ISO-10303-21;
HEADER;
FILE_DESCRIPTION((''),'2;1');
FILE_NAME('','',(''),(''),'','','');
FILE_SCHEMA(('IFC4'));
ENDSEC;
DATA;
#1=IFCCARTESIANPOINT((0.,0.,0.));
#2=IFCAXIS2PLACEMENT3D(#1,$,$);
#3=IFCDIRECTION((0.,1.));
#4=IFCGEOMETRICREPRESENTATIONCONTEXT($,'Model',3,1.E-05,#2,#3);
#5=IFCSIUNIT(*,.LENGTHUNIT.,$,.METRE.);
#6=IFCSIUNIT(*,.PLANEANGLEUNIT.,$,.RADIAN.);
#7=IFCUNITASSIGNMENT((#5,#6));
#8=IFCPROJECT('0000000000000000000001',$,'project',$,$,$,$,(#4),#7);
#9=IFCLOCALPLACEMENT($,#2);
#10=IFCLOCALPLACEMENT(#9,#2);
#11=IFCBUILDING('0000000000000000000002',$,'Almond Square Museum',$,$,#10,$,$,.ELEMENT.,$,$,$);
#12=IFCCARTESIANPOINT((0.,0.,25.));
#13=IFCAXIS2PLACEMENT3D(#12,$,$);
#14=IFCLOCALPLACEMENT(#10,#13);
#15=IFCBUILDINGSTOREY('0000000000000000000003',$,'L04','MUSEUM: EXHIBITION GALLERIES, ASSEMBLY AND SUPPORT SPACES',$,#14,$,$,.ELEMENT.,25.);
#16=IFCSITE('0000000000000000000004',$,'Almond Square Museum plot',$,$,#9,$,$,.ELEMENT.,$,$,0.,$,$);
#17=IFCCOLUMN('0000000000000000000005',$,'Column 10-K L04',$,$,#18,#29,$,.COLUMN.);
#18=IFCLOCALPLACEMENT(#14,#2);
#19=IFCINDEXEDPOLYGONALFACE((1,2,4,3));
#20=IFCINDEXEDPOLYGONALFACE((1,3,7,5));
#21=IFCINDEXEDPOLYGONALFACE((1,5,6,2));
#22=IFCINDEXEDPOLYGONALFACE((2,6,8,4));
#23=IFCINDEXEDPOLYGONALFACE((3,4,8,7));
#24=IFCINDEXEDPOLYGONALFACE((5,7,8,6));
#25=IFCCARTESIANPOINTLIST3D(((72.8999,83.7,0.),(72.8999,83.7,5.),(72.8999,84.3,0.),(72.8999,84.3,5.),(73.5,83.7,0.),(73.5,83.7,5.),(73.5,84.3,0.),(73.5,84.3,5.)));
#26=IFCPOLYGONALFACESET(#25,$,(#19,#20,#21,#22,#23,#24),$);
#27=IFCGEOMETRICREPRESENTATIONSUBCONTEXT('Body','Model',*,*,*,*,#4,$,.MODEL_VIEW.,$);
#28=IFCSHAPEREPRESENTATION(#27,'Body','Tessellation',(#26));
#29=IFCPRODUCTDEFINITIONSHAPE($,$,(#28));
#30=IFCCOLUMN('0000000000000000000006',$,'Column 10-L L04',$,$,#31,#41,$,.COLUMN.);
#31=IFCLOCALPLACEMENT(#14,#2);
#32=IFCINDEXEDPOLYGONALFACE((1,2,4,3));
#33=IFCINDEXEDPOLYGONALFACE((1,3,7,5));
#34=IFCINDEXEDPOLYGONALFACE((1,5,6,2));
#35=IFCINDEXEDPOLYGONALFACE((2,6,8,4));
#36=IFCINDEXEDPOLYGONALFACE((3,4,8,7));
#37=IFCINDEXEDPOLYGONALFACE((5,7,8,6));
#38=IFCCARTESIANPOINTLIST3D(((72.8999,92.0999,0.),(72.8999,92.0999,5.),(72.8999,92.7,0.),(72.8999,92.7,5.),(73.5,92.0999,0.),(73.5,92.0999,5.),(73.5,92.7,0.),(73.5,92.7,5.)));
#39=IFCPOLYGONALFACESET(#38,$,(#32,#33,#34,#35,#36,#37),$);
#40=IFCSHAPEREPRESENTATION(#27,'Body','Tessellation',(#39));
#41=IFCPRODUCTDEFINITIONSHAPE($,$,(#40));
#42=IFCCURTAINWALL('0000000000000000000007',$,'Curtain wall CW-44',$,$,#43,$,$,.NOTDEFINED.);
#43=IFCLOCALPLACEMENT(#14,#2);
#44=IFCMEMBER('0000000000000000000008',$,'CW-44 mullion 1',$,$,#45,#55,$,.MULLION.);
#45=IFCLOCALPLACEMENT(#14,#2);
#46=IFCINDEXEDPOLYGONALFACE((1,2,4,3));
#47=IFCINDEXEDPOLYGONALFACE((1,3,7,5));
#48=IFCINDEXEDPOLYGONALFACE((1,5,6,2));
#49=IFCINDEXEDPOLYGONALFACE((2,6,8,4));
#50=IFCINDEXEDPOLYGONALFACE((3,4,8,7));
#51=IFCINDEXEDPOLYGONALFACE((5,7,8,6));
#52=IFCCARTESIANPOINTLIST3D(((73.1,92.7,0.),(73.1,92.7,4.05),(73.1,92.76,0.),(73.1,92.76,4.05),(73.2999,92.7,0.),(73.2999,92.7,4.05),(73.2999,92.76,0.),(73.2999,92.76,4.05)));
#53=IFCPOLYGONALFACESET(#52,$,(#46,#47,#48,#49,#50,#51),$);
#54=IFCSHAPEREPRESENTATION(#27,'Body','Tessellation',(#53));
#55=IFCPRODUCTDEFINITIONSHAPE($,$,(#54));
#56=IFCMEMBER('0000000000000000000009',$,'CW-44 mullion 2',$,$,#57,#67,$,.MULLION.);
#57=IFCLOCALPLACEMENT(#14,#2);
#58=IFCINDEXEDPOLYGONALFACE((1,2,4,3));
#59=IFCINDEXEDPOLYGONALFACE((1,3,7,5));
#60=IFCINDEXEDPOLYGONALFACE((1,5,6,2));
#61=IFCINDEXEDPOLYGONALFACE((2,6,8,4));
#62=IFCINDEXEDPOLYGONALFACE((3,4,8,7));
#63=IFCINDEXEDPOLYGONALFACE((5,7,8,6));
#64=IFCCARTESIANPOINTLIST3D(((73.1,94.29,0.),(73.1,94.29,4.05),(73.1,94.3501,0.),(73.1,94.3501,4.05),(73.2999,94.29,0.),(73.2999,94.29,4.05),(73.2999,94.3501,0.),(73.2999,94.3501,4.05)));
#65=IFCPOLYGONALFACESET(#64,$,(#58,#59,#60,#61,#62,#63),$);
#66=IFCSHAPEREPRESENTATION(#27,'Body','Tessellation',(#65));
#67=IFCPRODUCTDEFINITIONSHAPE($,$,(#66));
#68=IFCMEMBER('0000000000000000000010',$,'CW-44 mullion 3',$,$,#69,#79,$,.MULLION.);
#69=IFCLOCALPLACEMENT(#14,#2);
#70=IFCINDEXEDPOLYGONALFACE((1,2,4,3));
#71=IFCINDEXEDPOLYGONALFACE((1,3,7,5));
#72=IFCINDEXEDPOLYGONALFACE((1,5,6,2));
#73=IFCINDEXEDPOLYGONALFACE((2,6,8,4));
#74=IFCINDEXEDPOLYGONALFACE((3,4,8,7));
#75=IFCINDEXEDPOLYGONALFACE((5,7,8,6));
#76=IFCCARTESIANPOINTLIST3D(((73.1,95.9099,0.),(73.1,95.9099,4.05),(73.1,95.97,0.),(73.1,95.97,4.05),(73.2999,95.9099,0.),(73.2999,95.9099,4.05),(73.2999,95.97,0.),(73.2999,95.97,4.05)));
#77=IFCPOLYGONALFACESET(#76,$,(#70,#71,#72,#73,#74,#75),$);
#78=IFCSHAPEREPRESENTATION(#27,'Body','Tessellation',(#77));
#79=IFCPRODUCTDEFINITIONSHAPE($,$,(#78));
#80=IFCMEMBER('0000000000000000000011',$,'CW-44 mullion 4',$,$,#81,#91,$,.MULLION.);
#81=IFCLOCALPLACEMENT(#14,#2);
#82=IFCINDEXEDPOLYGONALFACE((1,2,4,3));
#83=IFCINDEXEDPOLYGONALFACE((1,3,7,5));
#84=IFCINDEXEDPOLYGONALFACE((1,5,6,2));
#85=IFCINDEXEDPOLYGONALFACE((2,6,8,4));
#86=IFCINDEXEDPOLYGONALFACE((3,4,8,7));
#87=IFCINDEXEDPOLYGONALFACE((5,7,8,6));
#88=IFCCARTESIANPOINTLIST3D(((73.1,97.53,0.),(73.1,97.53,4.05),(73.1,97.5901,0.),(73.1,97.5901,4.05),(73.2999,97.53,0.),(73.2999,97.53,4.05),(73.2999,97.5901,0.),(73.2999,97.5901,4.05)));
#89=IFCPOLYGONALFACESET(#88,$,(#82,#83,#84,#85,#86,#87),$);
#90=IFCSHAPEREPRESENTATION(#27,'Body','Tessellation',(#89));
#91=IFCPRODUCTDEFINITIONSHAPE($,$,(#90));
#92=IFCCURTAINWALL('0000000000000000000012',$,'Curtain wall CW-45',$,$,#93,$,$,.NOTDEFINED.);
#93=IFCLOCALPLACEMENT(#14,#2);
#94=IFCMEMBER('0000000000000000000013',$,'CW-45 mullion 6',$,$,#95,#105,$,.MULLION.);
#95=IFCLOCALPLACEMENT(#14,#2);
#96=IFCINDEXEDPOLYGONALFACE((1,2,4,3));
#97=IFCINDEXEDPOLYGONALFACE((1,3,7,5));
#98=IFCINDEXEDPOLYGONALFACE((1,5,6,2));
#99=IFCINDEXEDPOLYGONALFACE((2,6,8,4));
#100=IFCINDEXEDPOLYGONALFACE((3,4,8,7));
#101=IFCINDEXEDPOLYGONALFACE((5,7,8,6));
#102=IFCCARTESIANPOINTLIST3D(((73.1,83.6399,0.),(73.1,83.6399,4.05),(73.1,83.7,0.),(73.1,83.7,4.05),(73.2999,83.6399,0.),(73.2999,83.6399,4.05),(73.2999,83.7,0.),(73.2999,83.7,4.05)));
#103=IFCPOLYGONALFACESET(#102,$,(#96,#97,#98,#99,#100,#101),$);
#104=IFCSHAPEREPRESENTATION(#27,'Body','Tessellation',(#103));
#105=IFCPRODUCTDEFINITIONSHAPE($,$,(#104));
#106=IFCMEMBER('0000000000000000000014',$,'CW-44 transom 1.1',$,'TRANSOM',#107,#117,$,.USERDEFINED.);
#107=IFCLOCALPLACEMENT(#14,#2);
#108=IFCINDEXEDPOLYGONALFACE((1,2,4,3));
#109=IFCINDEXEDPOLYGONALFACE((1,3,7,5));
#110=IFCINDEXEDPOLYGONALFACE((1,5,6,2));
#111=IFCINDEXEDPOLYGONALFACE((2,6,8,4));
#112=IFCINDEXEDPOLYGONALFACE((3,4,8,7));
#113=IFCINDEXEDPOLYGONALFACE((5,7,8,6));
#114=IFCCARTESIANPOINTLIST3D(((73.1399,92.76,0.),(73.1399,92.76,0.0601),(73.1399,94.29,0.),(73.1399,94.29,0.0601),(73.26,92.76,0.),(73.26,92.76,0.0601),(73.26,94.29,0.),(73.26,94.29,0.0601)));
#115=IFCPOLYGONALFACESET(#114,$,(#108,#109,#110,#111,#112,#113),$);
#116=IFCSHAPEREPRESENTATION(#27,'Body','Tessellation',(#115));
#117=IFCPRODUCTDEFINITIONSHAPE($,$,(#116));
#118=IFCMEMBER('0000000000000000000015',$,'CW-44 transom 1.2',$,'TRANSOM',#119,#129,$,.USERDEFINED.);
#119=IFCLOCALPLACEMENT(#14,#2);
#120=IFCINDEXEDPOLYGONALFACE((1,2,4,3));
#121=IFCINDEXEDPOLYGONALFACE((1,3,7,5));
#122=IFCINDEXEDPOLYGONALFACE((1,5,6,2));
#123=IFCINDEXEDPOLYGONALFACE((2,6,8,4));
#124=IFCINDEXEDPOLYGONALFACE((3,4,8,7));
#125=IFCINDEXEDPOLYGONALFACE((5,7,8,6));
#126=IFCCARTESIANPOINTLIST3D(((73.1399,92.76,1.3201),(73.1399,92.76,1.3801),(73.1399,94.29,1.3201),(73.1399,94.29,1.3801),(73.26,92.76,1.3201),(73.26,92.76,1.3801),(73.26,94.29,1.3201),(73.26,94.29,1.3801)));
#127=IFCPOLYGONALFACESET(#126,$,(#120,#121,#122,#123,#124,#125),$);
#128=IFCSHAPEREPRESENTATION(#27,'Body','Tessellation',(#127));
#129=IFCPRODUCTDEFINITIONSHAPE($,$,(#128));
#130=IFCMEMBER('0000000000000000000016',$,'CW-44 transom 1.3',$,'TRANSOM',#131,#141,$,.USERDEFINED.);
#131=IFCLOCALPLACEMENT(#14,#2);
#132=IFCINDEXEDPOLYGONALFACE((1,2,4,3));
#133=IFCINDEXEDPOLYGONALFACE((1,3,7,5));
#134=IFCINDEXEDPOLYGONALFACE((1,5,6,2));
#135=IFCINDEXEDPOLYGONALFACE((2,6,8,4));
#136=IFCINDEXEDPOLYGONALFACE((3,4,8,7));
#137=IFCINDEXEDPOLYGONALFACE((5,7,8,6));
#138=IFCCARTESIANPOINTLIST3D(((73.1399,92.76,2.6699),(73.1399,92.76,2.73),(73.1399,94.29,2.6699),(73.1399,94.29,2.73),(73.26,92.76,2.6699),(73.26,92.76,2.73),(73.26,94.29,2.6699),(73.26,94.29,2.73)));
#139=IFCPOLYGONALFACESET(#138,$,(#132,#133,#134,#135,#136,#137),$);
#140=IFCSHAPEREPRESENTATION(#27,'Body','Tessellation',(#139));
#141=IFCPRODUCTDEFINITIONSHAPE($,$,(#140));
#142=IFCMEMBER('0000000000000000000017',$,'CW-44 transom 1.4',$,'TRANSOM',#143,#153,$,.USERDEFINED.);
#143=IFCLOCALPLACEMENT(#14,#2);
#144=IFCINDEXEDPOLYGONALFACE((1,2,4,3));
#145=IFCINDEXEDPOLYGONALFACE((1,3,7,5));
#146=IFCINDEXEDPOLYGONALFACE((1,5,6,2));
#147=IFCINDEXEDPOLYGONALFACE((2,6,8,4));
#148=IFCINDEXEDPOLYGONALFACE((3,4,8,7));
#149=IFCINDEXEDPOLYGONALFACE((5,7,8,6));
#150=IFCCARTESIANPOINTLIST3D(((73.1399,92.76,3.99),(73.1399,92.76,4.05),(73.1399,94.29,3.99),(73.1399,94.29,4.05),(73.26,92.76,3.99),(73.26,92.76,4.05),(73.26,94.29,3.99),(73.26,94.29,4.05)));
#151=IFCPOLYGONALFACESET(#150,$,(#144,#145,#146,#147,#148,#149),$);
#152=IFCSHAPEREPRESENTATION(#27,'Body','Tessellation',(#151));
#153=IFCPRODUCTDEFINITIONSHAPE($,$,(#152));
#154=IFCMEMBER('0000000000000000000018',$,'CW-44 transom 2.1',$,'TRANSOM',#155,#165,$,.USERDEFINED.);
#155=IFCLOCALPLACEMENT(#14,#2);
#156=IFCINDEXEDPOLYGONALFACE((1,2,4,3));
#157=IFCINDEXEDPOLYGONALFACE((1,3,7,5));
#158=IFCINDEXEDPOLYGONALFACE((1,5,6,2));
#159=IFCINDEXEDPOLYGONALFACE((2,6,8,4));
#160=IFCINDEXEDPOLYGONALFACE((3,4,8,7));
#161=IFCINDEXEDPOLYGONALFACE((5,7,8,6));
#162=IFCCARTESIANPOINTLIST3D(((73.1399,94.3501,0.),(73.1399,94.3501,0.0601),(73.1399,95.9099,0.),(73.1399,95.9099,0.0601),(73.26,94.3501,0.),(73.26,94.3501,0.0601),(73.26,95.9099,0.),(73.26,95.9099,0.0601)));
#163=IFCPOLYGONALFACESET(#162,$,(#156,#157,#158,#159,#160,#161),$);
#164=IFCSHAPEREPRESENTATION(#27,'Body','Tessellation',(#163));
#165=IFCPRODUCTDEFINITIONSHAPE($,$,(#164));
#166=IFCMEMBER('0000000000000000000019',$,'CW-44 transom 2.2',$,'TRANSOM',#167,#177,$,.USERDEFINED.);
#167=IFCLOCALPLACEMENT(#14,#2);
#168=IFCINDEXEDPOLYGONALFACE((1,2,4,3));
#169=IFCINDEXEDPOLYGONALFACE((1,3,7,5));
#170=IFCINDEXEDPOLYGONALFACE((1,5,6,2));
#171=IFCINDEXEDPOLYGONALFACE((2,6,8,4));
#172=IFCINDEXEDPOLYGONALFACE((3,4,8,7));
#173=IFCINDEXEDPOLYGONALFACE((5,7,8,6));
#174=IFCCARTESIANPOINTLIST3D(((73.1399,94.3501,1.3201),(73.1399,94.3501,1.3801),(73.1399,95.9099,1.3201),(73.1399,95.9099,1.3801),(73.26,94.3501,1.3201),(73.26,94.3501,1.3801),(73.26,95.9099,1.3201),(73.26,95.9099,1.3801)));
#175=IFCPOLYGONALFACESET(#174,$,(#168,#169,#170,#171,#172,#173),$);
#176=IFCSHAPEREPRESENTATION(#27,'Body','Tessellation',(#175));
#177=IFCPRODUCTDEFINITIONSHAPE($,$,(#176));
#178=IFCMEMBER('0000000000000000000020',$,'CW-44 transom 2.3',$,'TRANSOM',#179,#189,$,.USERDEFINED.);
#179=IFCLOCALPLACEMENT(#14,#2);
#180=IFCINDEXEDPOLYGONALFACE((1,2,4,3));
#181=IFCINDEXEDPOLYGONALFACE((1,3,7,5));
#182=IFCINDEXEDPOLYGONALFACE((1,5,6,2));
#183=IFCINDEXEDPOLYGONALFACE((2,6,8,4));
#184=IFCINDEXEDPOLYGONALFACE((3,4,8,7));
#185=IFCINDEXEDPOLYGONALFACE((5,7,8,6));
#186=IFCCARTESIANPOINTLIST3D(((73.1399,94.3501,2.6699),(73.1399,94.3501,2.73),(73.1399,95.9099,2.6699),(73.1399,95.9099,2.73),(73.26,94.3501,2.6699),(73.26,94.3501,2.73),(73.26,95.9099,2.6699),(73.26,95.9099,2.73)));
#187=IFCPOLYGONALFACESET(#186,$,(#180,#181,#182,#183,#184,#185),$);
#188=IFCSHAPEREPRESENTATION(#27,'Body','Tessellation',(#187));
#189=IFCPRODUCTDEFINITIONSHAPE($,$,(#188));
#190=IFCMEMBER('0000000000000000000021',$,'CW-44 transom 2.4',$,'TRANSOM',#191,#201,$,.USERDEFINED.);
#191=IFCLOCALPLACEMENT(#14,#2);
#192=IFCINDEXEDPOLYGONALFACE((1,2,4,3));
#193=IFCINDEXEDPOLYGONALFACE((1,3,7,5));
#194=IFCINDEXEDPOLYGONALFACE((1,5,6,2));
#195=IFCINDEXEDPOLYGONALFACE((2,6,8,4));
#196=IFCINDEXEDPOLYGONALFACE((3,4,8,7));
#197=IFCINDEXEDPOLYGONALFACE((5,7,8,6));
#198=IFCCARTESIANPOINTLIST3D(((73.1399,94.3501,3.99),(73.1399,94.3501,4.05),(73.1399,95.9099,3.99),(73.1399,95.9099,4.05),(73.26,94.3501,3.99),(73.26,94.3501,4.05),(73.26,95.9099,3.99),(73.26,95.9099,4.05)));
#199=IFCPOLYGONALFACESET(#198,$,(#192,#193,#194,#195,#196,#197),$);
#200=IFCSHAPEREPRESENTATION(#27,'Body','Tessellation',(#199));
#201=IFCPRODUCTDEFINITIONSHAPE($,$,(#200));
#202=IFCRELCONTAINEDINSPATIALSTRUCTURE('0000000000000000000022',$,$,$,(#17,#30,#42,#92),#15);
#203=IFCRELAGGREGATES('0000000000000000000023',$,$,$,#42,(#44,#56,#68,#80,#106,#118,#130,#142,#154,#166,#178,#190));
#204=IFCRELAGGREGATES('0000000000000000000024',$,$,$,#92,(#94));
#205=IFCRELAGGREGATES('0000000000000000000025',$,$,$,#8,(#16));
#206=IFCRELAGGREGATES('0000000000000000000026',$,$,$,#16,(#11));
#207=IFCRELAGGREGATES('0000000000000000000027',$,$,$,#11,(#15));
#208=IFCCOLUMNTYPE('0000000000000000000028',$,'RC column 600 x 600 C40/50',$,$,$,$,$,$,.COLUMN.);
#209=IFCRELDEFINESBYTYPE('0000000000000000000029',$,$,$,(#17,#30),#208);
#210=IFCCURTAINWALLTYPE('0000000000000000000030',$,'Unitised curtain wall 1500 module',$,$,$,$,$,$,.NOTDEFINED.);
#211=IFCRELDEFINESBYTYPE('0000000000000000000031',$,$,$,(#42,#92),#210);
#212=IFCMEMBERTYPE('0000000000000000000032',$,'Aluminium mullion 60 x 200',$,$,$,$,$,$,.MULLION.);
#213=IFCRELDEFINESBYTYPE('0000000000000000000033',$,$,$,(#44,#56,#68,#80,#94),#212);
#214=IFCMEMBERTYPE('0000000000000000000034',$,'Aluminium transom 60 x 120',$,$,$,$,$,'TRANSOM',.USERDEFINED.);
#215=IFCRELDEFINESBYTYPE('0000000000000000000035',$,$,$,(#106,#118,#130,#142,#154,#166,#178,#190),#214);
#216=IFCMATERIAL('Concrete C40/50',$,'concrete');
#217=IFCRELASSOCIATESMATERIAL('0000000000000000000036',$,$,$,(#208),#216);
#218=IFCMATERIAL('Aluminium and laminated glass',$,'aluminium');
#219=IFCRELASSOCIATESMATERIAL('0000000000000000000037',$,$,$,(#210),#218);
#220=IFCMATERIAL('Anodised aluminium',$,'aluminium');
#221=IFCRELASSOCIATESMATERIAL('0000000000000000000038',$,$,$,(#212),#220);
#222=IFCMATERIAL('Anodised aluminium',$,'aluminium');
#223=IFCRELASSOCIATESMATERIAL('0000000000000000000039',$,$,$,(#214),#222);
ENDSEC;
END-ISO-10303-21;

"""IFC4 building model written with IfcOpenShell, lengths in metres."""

from ifc_helpers import new_model, si_unit, direction, frame, origin, origin_2d, place, context, subcontext, project, spatial, rectangle, extrude, material, material_profile, profile_set, type_object, element, aggregate, save


model = new_model("IFC4")

# Units and contexts
model_context = context("Model", 3, precision=1e-05, world=origin(), true_north=direction((0.0, 1.0)))
body_context = subcontext(model_context, "Body", "Model", "MODEL_VIEW")
ifc_project = project(units=[si_unit("LENGTHUNIT", "METRE"), si_unit("PLANEANGLEUNIT", "RADIAN")], contexts=[model_context])

# Site, building, storey
site_placement = place(None, origin())
site = spatial("IfcSite", under=ifc_project, at=site_placement, Name="Almond Square Museum plot", CompositionType="ELEMENT", RefElevation=0.0)
building_placement = place(site_placement, origin())
building = spatial("IfcBuilding", under=site, at=building_placement, Name="Almond Square Museum", CompositionType="ELEMENT")
storey_placement = place(building_placement, frame((0.0, 0.0, 25.0)))
storey = spatial("IfcBuildingStorey", under=building, at=storey_placement, Name="L04", Description="MUSEUM: EXHIBITION GALLERIES, ASSEMBLY AND SUPPORT SPACES", CompositionType="ELEMENT", Elevation=25.0)

# Columns
ifc_material_1 = material(Name="Concrete C40/50", Category="concrete")
ifc_material_profile_1 = material_profile(ifc_material_1, rectangle(XDim=0.6001, YDim=0.6001, at=origin_2d()))
ifc_profile_set_1 = profile_set([ifc_material_profile_1], Name="Concrete C40/50")
column_type = type_object("IfcColumnType", Name="RC column 600 x 600 C40/50", PredefinedType="COLUMN", material=ifc_profile_set_1)
for number, where, z_axis, x_axis, name in (
    (1, (73.2, 84.0, 0.0), (0.0, 0.0, 1.0), (1.0, 0.0, 0.0), "Column 10-K L04"),
    (2, (73.2, 92.3999, 0.0), (0.0, 0.0, 1.0), (1.0, 0.0, 0.0), "Column 10-L L04"),
):
    element("IfcColumn", number, at=place(storey_placement, frame(where, z_axis=z_axis, x_axis=x_axis)), inside=storey, type_object=column_type, Name=name, PredefinedType="COLUMN", context=body_context, shape_type="SweptSolid", body=[
        extrude(rectangle(XDim=0.6001, YDim=0.6001, at=origin_2d()), origin(), (0.0, 0.0, 1.0), 5.0),
    ])

# Curtain wall, members
ifc_material_2 = material(Name="Aluminium and laminated glass", Category="aluminium")
curtain_wall_type = type_object("IfcCurtainWallType", Name="Unitised curtain wall 1500 module", PredefinedType="NOTDEFINED", material=ifc_material_2)
curtain_wall_1_placement = place(storey_placement, origin())
curtain_wall_1 = element("IfcCurtainWall", 3, at=curtain_wall_1_placement, inside=storey, type_object=curtain_wall_type, Name="Curtain wall CW-44", PredefinedType="NOTDEFINED")
ifc_material_3 = material(Name="Anodised aluminium", Category="aluminium")
ifc_material_profile_2 = material_profile(ifc_material_3, rectangle(XDim=0.2, YDim=0.0601, at=origin_2d()))
ifc_profile_set_2 = profile_set([ifc_material_profile_2], Name="Anodised aluminium")
member_type_1 = type_object("IfcMemberType", Name="Aluminium mullion 60 x 200", PredefinedType="MULLION", material=ifc_profile_set_2)
member_1_placement = place(storey_placement, frame((73.2, 92.73, 0.0), z_axis=(0.0, 0.0, 1.0), x_axis=(-1.0, 0.0, 0.0)))
member_1 = element("IfcMember", 4, at=member_1_placement, type_object=member_type_1, Name="CW-44 mullion 1", PredefinedType="MULLION", context=body_context, shape_type="SweptSolid", body=[
    extrude(rectangle(XDim=0.2, YDim=0.0601, at=origin_2d()), origin(), (0.0, 0.0, 1.0), 4.05),
])
member_2_placement = place(storey_placement, frame((73.2, 94.3201, 0.0), z_axis=(0.0, 0.0, 1.0), x_axis=(-1.0, 0.0, 0.0)))
member_2 = element("IfcMember", 5, at=member_2_placement, type_object=member_type_1, Name="CW-44 mullion 2", PredefinedType="MULLION", context=body_context, shape_type="SweptSolid", body=[
    extrude(rectangle(XDim=0.2, YDim=0.0601, at=origin_2d()), origin(), (0.0, 0.0, 1.0), 4.05),
])
member_3_placement = place(storey_placement, frame((73.2, 95.9399, 0.0), z_axis=(0.0, 0.0, 1.0), x_axis=(-1.0, 0.0, 0.0)))
member_3 = element("IfcMember", 6, at=member_3_placement, type_object=member_type_1, Name="CW-44 mullion 3", PredefinedType="MULLION", context=body_context, shape_type="SweptSolid", body=[
    extrude(rectangle(XDim=0.2, YDim=0.0601, at=origin_2d()), origin(), (0.0, 0.0, 1.0), 4.05),
])
member_4_placement = place(storey_placement, frame((73.2, 97.5601, 0.0), z_axis=(0.0, 0.0, 1.0), x_axis=(-1.0, 0.0, 0.0)))
member_4 = element("IfcMember", 7, at=member_4_placement, type_object=member_type_1, Name="CW-44 mullion 4", PredefinedType="MULLION", context=body_context, shape_type="SweptSolid", body=[
    extrude(rectangle(XDim=0.2, YDim=0.0601, at=origin_2d()), origin(), (0.0, 0.0, 1.0), 4.05),
])

# Curtain wall, member
curtain_wall_2_placement = place(storey_placement, origin())
curtain_wall_2 = element("IfcCurtainWall", 8, at=curtain_wall_2_placement, inside=storey, type_object=curtain_wall_type, Name="Curtain wall CW-45", PredefinedType="NOTDEFINED")
member_5_placement = place(storey_placement, frame((73.2, 83.6699, 0.0), z_axis=(0.0, 0.0, 1.0), x_axis=(-1.0, 0.0, 0.0)))
member_5 = element("IfcMember", 9, at=member_5_placement, type_object=member_type_1, Name="CW-45 mullion 6", PredefinedType="MULLION", context=body_context, shape_type="SweptSolid", body=[
    extrude(rectangle(XDim=0.2, YDim=0.0601, at=origin_2d()), origin(), (0.0, 0.0, 1.0), 4.05),
])

# Members
ifc_material_4 = material(Name="Anodised aluminium", Category="aluminium")
ifc_material_profile_3 = material_profile(ifc_material_4, rectangle(XDim=0.1201, YDim=0.0601, at=origin_2d()))
ifc_profile_set_3 = profile_set([ifc_material_profile_3], Name="Anodised aluminium")
member_type_2 = type_object("IfcMemberType", Name="Aluminium transom 60 x 120", ElementType="TRANSOM", PredefinedType="USERDEFINED", material=ifc_profile_set_3)
member_6_placement = place(storey_placement, frame((73.2, 92.76, 0.03), z_axis=(0.0, 1.0, 0.0), x_axis=(-1.0, 0.0, 0.0)))
member_6 = element("IfcMember", 10, at=member_6_placement, type_object=member_type_2, Name="CW-44 transom 1.1", ObjectType="TRANSOM", PredefinedType="USERDEFINED", context=body_context, shape_type="SweptSolid", body=[
    extrude(rectangle(XDim=0.1201, YDim=0.0601, at=origin_2d()), origin(), (0.0, 0.0, 1.0), 1.53),
])
member_7_placement = place(storey_placement, frame((73.2, 92.76, 1.3501), z_axis=(0.0, 1.0, 0.0), x_axis=(-1.0, 0.0, 0.0)))
member_7 = element("IfcMember", 11, at=member_7_placement, type_object=member_type_2, Name="CW-44 transom 1.2", ObjectType="TRANSOM", PredefinedType="USERDEFINED", context=body_context, shape_type="SweptSolid", body=[
    extrude(rectangle(XDim=0.1201, YDim=0.0601, at=origin_2d()), origin(), (0.0, 0.0, 1.0), 1.53),
])
member_8_placement = place(storey_placement, frame((73.2, 92.76, 2.7), z_axis=(0.0, 1.0, 0.0), x_axis=(-1.0, 0.0, 0.0)))
member_8 = element("IfcMember", 12, at=member_8_placement, type_object=member_type_2, Name="CW-44 transom 1.3", ObjectType="TRANSOM", PredefinedType="USERDEFINED", context=body_context, shape_type="SweptSolid", body=[
    extrude(rectangle(XDim=0.1201, YDim=0.0601, at=origin_2d()), origin(), (0.0, 0.0, 1.0), 1.53),
])
member_9_placement = place(storey_placement, frame((73.2, 92.76, 4.02), z_axis=(0.0, 1.0, 0.0), x_axis=(-1.0, 0.0, 0.0)))
member_9 = element("IfcMember", 13, at=member_9_placement, type_object=member_type_2, Name="CW-44 transom 1.4", ObjectType="TRANSOM", PredefinedType="USERDEFINED", context=body_context, shape_type="SweptSolid", body=[
    extrude(rectangle(XDim=0.1201, YDim=0.0601, at=origin_2d()), origin(), (0.0, 0.0, 1.0), 1.53),
])
member_10_placement = place(storey_placement, frame((73.2, 94.3501, 0.03), z_axis=(0.0, 1.0, 0.0), x_axis=(-1.0, 0.0, 0.0)))
member_10 = element("IfcMember", 14, at=member_10_placement, type_object=member_type_2, Name="CW-44 transom 2.1", ObjectType="TRANSOM", PredefinedType="USERDEFINED", context=body_context, shape_type="SweptSolid", body=[
    extrude(rectangle(XDim=0.1201, YDim=0.0601, at=origin_2d()), origin(), (0.0, 0.0, 1.0), 1.5598),
])
member_11_placement = place(storey_placement, frame((73.2, 94.3501, 1.3501), z_axis=(0.0, 1.0, 0.0), x_axis=(-1.0, 0.0, 0.0)))
member_11 = element("IfcMember", 15, at=member_11_placement, type_object=member_type_2, Name="CW-44 transom 2.2", ObjectType="TRANSOM", PredefinedType="USERDEFINED", context=body_context, shape_type="SweptSolid", body=[
    extrude(rectangle(XDim=0.1201, YDim=0.0601, at=origin_2d()), origin(), (0.0, 0.0, 1.0), 1.5598),
])
member_12_placement = place(storey_placement, frame((73.2, 94.3501, 2.7), z_axis=(0.0, 1.0, 0.0), x_axis=(-1.0, 0.0, 0.0)))
member_12 = element("IfcMember", 16, at=member_12_placement, type_object=member_type_2, Name="CW-44 transom 2.3", ObjectType="TRANSOM", PredefinedType="USERDEFINED", context=body_context, shape_type="SweptSolid", body=[
    extrude(rectangle(XDim=0.1201, YDim=0.0601, at=origin_2d()), origin(), (0.0, 0.0, 1.0), 1.5598),
])
member_13_placement = place(storey_placement, frame((73.2, 94.3501, 4.02), z_axis=(0.0, 1.0, 0.0), x_axis=(-1.0, 0.0, 0.0)))
member_13 = element("IfcMember", 17, at=member_13_placement, type_object=member_type_2, Name="CW-44 transom 2.4", ObjectType="TRANSOM", PredefinedType="USERDEFINED", context=body_context, shape_type="SweptSolid", body=[
    extrude(rectangle(XDim=0.1201, YDim=0.0601, at=origin_2d()), origin(), (0.0, 0.0, 1.0), 1.5598),
])

aggregate(curtain_wall_1, [member_1, member_2, member_3, member_4, member_6, member_7, member_8, member_9, member_10, member_11, member_12, member_13])
aggregate(curtain_wall_2, [member_5])

save(model, "model.ifc")
